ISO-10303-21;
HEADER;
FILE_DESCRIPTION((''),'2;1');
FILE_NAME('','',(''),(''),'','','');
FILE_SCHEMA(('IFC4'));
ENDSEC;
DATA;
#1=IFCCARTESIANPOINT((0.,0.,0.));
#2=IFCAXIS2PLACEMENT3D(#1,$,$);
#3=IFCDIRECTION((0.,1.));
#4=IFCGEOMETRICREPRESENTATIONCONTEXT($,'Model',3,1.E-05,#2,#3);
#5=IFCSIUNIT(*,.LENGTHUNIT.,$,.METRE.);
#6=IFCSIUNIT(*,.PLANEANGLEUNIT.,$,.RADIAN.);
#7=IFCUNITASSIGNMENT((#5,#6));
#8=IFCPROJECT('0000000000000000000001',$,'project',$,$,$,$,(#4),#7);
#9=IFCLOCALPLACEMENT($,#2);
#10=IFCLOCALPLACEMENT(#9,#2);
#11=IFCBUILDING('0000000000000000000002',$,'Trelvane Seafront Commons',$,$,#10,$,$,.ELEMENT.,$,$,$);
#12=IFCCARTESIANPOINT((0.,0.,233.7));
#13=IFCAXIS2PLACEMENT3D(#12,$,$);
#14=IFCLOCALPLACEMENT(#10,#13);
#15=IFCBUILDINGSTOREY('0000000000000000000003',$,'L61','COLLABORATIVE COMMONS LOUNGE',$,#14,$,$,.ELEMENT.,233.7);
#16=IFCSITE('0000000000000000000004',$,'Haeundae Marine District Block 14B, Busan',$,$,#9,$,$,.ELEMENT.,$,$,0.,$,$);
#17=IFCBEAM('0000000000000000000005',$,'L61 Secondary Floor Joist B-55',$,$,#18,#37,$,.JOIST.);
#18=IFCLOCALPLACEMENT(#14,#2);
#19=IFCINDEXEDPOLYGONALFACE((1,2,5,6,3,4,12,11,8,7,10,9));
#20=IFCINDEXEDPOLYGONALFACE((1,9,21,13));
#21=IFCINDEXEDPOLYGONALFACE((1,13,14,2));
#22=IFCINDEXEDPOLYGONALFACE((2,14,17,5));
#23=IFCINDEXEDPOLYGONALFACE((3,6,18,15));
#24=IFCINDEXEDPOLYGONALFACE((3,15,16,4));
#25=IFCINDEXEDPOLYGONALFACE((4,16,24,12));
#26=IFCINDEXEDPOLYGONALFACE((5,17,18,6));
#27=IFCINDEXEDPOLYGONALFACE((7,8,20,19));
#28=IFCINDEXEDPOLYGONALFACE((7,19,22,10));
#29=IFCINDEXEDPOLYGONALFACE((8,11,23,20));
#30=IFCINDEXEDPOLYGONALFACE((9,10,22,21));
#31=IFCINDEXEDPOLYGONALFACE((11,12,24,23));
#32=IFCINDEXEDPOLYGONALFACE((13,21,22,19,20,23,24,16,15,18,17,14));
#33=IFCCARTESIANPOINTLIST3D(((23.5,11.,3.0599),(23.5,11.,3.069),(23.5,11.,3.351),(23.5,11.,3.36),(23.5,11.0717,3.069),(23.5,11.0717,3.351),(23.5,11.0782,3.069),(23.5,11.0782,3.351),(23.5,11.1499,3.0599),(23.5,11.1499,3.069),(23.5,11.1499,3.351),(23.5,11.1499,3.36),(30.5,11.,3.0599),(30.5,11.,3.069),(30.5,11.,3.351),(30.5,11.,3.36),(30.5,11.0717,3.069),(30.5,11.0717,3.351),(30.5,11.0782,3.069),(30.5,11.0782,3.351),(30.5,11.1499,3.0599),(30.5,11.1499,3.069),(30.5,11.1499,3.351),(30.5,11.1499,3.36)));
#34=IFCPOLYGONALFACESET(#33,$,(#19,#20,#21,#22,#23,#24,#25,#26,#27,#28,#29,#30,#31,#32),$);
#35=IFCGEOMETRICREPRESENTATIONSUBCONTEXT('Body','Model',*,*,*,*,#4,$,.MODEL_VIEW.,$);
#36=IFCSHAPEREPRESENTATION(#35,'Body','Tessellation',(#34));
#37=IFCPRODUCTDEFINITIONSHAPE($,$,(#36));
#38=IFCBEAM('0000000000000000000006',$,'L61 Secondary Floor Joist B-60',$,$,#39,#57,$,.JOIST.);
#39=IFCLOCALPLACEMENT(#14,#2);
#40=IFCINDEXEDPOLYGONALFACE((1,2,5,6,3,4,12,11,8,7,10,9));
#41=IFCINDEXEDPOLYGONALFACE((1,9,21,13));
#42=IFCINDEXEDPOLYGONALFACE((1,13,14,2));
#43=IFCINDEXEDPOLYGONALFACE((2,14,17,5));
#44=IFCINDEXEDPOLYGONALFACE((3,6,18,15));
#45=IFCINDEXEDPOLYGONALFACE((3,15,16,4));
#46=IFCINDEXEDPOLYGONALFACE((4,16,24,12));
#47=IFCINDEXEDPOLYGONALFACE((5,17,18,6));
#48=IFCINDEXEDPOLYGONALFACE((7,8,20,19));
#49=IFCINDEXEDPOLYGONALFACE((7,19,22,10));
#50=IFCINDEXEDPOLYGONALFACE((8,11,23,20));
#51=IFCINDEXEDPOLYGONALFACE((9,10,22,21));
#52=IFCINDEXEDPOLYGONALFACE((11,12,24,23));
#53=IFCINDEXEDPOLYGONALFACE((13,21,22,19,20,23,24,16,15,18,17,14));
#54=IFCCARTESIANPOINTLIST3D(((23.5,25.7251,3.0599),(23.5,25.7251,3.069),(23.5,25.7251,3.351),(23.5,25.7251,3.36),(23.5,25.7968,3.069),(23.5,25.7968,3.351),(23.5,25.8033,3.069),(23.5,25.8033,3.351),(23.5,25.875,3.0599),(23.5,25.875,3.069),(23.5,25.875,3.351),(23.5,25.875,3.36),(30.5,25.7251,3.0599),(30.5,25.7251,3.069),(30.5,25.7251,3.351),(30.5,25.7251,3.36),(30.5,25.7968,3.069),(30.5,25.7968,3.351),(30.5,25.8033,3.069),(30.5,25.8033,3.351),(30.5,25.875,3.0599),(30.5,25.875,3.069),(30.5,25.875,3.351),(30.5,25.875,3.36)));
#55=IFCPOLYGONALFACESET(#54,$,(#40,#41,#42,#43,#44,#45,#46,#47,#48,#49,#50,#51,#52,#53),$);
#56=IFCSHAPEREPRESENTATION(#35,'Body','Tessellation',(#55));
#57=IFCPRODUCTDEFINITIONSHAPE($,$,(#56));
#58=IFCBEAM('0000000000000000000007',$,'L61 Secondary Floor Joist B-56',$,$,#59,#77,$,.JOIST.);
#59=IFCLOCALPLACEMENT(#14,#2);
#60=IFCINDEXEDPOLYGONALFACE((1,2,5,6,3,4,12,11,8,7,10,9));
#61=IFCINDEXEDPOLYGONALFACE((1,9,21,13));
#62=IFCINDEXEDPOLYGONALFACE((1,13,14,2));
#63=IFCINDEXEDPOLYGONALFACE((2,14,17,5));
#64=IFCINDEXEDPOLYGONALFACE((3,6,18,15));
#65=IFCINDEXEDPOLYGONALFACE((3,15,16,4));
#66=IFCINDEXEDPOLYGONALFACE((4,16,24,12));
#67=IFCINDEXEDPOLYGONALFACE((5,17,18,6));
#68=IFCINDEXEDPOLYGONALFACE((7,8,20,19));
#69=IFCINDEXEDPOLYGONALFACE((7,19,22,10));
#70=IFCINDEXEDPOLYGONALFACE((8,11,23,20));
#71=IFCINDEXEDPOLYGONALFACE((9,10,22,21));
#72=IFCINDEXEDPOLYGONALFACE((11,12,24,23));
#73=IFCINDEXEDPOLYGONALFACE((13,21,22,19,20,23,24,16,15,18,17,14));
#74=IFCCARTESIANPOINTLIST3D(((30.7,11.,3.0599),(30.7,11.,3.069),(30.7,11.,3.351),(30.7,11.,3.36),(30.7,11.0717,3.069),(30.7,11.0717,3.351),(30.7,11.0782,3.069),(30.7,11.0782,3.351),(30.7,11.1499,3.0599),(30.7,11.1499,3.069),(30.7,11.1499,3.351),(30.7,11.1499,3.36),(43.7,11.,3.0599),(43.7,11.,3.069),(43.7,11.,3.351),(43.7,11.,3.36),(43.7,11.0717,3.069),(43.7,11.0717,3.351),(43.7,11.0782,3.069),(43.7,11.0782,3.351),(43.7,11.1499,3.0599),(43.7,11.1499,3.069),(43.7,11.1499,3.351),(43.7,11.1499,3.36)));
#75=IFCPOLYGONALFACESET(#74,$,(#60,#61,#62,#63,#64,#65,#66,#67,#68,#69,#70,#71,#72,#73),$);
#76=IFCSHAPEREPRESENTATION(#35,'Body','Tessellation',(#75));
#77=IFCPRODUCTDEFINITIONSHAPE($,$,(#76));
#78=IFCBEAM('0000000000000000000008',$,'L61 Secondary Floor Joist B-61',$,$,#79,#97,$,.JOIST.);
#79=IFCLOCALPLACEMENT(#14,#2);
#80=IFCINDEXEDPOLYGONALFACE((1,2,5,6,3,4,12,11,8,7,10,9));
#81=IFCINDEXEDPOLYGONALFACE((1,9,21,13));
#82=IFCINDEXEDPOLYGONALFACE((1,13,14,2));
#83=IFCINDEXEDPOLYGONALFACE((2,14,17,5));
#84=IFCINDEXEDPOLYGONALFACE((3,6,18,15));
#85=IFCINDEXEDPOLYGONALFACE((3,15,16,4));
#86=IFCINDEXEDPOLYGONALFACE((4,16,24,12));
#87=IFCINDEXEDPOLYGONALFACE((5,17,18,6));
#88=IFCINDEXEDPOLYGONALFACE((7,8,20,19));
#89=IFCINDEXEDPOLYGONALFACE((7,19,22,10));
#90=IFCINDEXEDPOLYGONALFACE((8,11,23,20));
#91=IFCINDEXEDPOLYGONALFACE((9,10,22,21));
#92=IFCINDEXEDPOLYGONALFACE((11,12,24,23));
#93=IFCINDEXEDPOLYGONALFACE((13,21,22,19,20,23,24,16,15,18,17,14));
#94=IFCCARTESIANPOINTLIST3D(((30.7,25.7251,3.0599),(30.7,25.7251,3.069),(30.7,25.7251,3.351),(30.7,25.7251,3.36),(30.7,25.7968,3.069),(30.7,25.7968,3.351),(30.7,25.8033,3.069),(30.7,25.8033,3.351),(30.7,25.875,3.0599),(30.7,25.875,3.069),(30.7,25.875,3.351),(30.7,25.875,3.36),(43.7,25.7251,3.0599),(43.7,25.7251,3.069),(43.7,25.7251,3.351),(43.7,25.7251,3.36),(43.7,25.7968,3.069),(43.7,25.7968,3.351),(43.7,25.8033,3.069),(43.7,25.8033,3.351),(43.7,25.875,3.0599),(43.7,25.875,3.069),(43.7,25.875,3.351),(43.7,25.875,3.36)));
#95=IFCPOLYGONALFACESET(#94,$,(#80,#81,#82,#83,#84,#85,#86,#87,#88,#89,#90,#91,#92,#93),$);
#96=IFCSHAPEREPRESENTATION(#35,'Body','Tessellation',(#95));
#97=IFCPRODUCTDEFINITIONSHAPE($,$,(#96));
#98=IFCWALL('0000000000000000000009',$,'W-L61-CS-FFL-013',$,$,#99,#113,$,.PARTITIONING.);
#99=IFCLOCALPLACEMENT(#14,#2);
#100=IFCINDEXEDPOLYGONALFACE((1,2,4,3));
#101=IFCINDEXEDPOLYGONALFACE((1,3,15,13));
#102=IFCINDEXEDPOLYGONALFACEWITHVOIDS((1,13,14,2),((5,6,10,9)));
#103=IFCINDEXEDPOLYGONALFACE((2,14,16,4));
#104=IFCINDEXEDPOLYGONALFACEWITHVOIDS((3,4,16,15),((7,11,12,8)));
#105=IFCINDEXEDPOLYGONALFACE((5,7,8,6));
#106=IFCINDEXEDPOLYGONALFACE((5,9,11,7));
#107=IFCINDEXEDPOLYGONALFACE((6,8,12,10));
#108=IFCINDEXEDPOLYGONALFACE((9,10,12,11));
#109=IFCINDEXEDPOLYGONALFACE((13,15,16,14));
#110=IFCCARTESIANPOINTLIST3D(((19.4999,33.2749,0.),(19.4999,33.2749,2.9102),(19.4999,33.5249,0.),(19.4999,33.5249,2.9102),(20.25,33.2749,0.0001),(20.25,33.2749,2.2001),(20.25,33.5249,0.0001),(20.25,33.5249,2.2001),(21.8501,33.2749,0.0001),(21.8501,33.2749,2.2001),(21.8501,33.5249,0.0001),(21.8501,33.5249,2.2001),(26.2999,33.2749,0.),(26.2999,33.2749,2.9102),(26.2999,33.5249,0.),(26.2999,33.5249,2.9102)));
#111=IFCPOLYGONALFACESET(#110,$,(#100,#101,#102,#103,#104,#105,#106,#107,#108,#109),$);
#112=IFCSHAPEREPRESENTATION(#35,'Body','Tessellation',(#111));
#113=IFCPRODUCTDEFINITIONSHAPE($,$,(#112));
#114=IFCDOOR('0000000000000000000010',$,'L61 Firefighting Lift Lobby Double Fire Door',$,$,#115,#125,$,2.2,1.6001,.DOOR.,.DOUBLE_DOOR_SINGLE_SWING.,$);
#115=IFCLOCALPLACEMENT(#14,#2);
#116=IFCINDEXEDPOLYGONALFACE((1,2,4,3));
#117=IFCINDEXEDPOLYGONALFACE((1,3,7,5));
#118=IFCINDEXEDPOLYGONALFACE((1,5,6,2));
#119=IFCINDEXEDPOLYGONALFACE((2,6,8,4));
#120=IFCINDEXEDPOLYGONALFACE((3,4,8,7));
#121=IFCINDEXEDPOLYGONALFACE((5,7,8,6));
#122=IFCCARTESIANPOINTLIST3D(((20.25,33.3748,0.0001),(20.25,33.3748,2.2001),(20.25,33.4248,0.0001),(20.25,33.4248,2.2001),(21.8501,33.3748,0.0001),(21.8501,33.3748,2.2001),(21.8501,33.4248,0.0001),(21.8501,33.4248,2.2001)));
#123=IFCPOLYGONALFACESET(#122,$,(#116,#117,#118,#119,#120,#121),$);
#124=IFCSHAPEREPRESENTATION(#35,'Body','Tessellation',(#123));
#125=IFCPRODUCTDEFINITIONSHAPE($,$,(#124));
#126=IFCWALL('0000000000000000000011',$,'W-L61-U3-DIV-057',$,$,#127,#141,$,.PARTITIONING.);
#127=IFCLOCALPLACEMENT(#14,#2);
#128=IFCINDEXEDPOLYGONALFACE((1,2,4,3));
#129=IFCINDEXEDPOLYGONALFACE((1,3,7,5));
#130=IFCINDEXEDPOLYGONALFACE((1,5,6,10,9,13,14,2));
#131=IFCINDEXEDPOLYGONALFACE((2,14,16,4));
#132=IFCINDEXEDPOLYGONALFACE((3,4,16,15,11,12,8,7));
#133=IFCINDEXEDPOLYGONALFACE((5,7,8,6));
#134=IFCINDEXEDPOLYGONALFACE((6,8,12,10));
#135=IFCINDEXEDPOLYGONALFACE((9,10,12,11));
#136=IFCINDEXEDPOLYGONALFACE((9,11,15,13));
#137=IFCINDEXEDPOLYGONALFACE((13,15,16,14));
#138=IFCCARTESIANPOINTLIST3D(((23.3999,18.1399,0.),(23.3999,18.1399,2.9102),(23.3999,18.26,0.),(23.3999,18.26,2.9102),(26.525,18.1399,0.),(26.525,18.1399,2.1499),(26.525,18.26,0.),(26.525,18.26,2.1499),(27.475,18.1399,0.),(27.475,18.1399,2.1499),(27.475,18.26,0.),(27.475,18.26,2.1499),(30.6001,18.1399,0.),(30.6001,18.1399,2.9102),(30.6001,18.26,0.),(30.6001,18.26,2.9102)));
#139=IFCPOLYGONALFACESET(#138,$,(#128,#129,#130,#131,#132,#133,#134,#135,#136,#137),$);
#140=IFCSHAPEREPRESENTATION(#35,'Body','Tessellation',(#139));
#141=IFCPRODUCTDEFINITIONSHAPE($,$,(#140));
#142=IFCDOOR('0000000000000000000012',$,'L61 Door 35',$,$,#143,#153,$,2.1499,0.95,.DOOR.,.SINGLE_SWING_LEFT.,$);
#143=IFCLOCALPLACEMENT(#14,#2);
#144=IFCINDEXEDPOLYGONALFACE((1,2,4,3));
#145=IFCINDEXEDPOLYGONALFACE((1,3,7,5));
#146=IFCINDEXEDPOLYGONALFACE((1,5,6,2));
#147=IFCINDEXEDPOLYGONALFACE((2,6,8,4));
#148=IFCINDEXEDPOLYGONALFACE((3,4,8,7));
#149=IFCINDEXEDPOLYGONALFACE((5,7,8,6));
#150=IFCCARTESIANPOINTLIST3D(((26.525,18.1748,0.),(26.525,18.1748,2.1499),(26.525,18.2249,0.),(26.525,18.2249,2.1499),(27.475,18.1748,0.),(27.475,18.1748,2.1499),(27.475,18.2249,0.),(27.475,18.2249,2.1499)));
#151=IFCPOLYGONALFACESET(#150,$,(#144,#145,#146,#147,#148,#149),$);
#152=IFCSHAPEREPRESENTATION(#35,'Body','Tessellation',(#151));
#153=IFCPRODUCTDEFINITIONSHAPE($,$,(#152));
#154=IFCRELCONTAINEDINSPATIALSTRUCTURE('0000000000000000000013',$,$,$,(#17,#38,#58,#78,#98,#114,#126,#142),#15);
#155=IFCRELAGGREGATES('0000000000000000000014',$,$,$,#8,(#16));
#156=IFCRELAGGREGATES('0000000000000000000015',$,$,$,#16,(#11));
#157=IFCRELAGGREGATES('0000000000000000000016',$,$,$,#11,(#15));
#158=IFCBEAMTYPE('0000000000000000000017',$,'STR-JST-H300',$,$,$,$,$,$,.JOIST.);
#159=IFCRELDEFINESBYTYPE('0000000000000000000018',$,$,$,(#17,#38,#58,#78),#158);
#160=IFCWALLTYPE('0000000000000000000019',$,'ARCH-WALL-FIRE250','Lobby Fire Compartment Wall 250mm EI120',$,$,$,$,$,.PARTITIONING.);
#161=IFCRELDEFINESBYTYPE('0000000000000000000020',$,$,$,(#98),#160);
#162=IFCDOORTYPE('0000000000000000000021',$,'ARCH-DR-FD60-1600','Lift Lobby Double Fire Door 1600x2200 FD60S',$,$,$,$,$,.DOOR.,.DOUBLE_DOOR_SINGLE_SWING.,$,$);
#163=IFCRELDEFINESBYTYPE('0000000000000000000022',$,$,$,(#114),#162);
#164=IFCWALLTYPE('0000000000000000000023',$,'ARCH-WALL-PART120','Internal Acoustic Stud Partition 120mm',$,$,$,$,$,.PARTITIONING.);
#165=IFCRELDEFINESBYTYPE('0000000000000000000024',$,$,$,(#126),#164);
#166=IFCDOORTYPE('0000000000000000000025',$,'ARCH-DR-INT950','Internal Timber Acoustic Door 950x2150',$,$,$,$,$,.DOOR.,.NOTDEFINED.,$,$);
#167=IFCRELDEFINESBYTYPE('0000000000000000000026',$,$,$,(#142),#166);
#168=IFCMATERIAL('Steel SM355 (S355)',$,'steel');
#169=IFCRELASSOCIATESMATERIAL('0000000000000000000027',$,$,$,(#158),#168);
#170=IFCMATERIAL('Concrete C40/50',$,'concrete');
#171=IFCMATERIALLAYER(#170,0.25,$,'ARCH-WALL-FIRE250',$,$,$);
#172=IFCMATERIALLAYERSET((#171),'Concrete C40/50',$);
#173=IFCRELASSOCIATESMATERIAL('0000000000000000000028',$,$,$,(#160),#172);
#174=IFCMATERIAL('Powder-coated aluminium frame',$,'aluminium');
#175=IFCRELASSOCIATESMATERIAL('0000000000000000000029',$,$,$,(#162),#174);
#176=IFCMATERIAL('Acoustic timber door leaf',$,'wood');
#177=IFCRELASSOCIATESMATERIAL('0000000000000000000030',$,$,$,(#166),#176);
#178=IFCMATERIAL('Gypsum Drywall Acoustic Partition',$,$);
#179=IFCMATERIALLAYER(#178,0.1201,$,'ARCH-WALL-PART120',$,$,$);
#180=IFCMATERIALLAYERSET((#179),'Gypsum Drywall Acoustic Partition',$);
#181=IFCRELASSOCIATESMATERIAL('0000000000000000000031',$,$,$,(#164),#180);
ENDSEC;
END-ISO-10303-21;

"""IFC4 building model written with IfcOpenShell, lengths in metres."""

from ifc_helpers import new_model, si_unit, direction, frame, frame_2d, origin, origin_2d, place, context, subcontext, project, spatial, rectangle, i_section, extrude, source, transform, mapped, material, layer, layer_set, material_profile, profile_set, type_object, element, fill, save


model = new_model("IFC4")

# Units and contexts
model_context = context("Model", 3, precision=1e-05, world=origin(), true_north=direction((0.0, 1.0)))
body_context = subcontext(model_context, "Body", "Model", "MODEL_VIEW")
ifc_project = project(units=[si_unit("LENGTHUNIT", "METRE"), si_unit("PLANEANGLEUNIT", "RADIAN")], contexts=[model_context])

# Site, building, storey
site_placement = place(None, origin())
site = spatial("IfcSite", under=ifc_project, at=site_placement, Name="Haeundae Marine District Block 14B, Busan", CompositionType="ELEMENT", RefElevation=0.0)
building_placement = place(site_placement, origin())
building = spatial("IfcBuilding", under=site, at=building_placement, Name="Trelvane Seafront Commons", CompositionType="ELEMENT")
storey_placement = place(building_placement, frame((0.0, 0.0, 233.7)))
storey = spatial("IfcBuildingStorey", under=building, at=storey_placement, Name="L61", Description="COLLABORATIVE COMMONS LOUNGE", CompositionType="ELEMENT", Elevation=233.7)

# Shared definitions
ifc_material_1 = material(Name="Steel SM355 (S355)", Category="steel")

# Beams
ifc_material_profile_1 = material_profile(ifc_material_1, i_section(OverallWidth=0.1499, OverallDepth=0.3, WebThickness=0.0066, FlangeThickness=0.009, at=origin_2d()), Name="H-300x150x6.5x9")
ifc_profile_set_1 = profile_set([ifc_material_profile_1], Name="Steel SM355 (S355)")
beam_type_1 = type_object("IfcBeamType", Name="STR-JST-H300", PredefinedType="JOIST", material=ifc_profile_set_1)
shared_shape_1 = source(origin(), body_context, "Body", "SweptSolid", [
    extrude(i_section(OverallWidth=0.1499, OverallDepth=0.3, WebThickness=0.0066, FlangeThickness=0.009, at=origin_2d()), origin(), (0.0, 0.0, 1.0), 7.0),
])
for number, where, z_axis, x_axis, name in (
    (1, (23.5, 11.075, 3.21), (1.0, 0.0, 0.0), (0.0, 1.0, 0.0), "L61 Secondary Floor Joist B-55"),
    (2, (23.5, 25.8, 3.21), (1.0, 0.0, 0.0), (0.0, 1.0, 0.0), "L61 Secondary Floor Joist B-60"),
):
    element("IfcBeam", number, at=place(storey_placement, frame(where, z_axis=z_axis, x_axis=x_axis)), inside=storey, type_object=beam_type_1, Name=name, PredefinedType="JOIST", context=body_context, shape_type="MappedRepresentation", body=[
        mapped(shared_shape_1, transform((0.0, 0.0, 0.0), x_axis=(1.0, 0.0, 0.0), y_axis=(0.0, 1.0, 0.0), z_axis=(0.0, 0.0, 1.0), scale=1.0)),
    ])
shared_shape_2 = source(origin(), body_context, "Body", "SweptSolid", [
    extrude(i_section(OverallWidth=0.1499, OverallDepth=0.3, WebThickness=0.0066, FlangeThickness=0.009, at=origin_2d()), origin(), (0.0, 0.0, 1.0), 13.0),
])
for number, where, z_axis, x_axis, name in (
    (3, (30.7, 11.075, 3.21), (1.0, 0.0, 0.0), (0.0, 1.0, 0.0), "L61 Secondary Floor Joist B-56"),
    (4, (30.7, 25.8, 3.21), (1.0, 0.0, 0.0), (0.0, 1.0, 0.0), "L61 Secondary Floor Joist B-61"),
):
    element("IfcBeam", number, at=place(storey_placement, frame(where, z_axis=z_axis, x_axis=x_axis)), inside=storey, type_object=beam_type_1, Name=name, PredefinedType="JOIST", context=body_context, shape_type="MappedRepresentation", body=[
        mapped(shared_shape_2, transform((0.0, 0.0, 0.0), x_axis=(1.0, 0.0, 0.0), y_axis=(0.0, 1.0, 0.0), z_axis=(0.0, 0.0, 1.0), scale=1.0)),
    ])

# Walls, openings, doors
ifc_material_2 = material(Name="Concrete C40/50", Category="concrete")
ifc_layer_1 = layer(ifc_material_2, 0.25, Name="ARCH-WALL-FIRE250")
ifc_layer_set_1 = layer_set([ifc_layer_1], Name="Concrete C40/50")
wall_type_1 = type_object("IfcWallType", Name="ARCH-WALL-FIRE250", Description="Lobby Fire Compartment Wall 250mm EI120", PredefinedType="PARTITIONING", material=ifc_layer_set_1)
wall_1_placement = place(storey_placement, frame((19.5, 33.3999, 0.0), z_axis=(0.0, 0.0, 1.0), x_axis=(1.0, 0.0, 0.0)))
wall_1 = element("IfcWall", 5, at=wall_1_placement, inside=storey, type_object=wall_type_1, Name="W-L61-CS-FFL-013", PredefinedType="PARTITIONING", context=body_context, shape_type="SweptSolid", body=[
    extrude(rectangle(XDim=6.8, YDim=0.25, at=frame_2d((3.3999, 0.0))), origin(), (0.0, 0.0, 1.0), 2.9102),
])
opening_1_placement = place(wall_1_placement, frame((0.75, 0.0, 0.0)))
opening_1 = element("IfcOpeningElement", 6, at=opening_1_placement, cuts=wall_1, PredefinedType="OPENING", context=body_context, shape_type="SweptSolid", body=[
    extrude(rectangle(XDim=1.6001, YDim=2.2, at=frame_2d((0.8, 1.1001))), frame((0.0, 0.135, 0.0), z_axis=(0.0, -1.0, 0.0), x_axis=(1.0, 0.0, 0.0)), (0.0, 0.0, 1.0), 0.27),
])
ifc_material_3 = material(Name="Powder-coated aluminium frame", Category="aluminium")
door_type_1 = type_object("IfcDoorType", Name="ARCH-DR-FD60-1600", Description="Lift Lobby Double Fire Door 1600x2200 FD60S", OperationType="DOUBLE_DOOR_SINGLE_SWING", PredefinedType="DOOR", material=ifc_material_3)
shared_shape_3 = source(origin(), body_context, "Body", "SweptSolid", [
    extrude(rectangle(XDim=1.6001, YDim=2.2, at=frame_2d((0.8, 1.1001))), frame((0.0, 0.0249, 0.0), z_axis=(0.0, -1.0, 0.0), x_axis=(1.0, 0.0, 0.0)), (0.0, 0.0, 1.0), 0.05),
])
door_1_placement = place(opening_1_placement, origin())
door_1 = element("IfcDoor", 7, at=door_1_placement, inside=storey, type_object=door_type_1, Name="L61 Firefighting Lift Lobby Double Fire Door", OperationType="DOUBLE_DOOR_SINGLE_SWING", OverallHeight=2.2, OverallWidth=1.6001, PredefinedType="DOOR", context=body_context, shape_type="MappedRepresentation", body=[
    mapped(shared_shape_3, transform((0.0, 0.0, 0.0), x_axis=(1.0, 0.0, 0.0), y_axis=(0.0, 1.0, 0.0), z_axis=(0.0, 0.0, 1.0), scale=1.0)),
])
fill(opening_1, door_1)
ifc_material_4 = material(Name="Acoustic timber door leaf", Category="wood")
door_type_2 = type_object("IfcDoorType", Name="ARCH-DR-INT950", Description="Internal Timber Acoustic Door 950x2150", OperationType="NOTDEFINED", PredefinedType="DOOR", material=ifc_material_4)
shared_shape_4 = source(origin(), body_context, "Body", "SweptSolid", [
    extrude(rectangle(XDim=0.95, YDim=2.1499, at=frame_2d((0.4751, 1.075))), frame((0.0, 0.0249, 0.0), z_axis=(0.0, -1.0, 0.0), x_axis=(1.0, 0.0, 0.0)), (0.0, 0.0, 1.0), 0.05),
])
ifc_material_5 = material(Name="Gypsum Drywall Acoustic Partition")
ifc_layer_2 = layer(ifc_material_5, 0.1201, Name="ARCH-WALL-PART120")
ifc_layer_set_2 = layer_set([ifc_layer_2], Name="Gypsum Drywall Acoustic Partition")
wall_type_2 = type_object("IfcWallType", Name="ARCH-WALL-PART120", Description="Internal Acoustic Stud Partition 120mm", PredefinedType="PARTITIONING", material=ifc_layer_set_2)
wall_2_placement = place(storey_placement, frame((23.3999, 18.2, 0.0), z_axis=(0.0, 0.0, 1.0), x_axis=(1.0, 0.0, 0.0)))
wall_2 = element("IfcWall", 8, at=wall_2_placement, inside=storey, type_object=wall_type_2, Name="W-L61-U3-DIV-057", PredefinedType="PARTITIONING", context=body_context, shape_type="SweptSolid", body=[
    extrude(rectangle(XDim=7.2002, YDim=0.1201, at=frame_2d((3.6001, 0.0))), origin(), (0.0, 0.0, 1.0), 2.9102),
])
opening_2_placement = place(wall_2_placement, frame((3.125, 0.0, 0.0)))
opening_2 = element("IfcOpeningElement", 9, at=opening_2_placement, cuts=wall_2, PredefinedType="OPENING", context=body_context, shape_type="SweptSolid", body=[
    extrude(rectangle(XDim=0.95, YDim=2.1499, at=frame_2d((0.4751, 1.075))), frame((0.0, 0.0701, 0.0), z_axis=(0.0, -1.0, 0.0), x_axis=(1.0, 0.0, 0.0)), (0.0, 0.0, 1.0), 0.1401),
])
door_2_placement = place(opening_2_placement, origin())
door_2 = element("IfcDoor", 10, at=door_2_placement, inside=storey, type_object=door_type_2, Name="L61 Door 35", OperationType="SINGLE_SWING_LEFT", OverallHeight=2.1499, OverallWidth=0.95, PredefinedType="DOOR", context=body_context, shape_type="MappedRepresentation", body=[
    mapped(shared_shape_4, transform((0.0, 0.0, 0.0), x_axis=(1.0, 0.0, 0.0), y_axis=(0.0, 1.0, 0.0), z_axis=(0.0, 0.0, 1.0), scale=1.0)),
])
fill(opening_2, door_2)

save(model, "model.ifc")
